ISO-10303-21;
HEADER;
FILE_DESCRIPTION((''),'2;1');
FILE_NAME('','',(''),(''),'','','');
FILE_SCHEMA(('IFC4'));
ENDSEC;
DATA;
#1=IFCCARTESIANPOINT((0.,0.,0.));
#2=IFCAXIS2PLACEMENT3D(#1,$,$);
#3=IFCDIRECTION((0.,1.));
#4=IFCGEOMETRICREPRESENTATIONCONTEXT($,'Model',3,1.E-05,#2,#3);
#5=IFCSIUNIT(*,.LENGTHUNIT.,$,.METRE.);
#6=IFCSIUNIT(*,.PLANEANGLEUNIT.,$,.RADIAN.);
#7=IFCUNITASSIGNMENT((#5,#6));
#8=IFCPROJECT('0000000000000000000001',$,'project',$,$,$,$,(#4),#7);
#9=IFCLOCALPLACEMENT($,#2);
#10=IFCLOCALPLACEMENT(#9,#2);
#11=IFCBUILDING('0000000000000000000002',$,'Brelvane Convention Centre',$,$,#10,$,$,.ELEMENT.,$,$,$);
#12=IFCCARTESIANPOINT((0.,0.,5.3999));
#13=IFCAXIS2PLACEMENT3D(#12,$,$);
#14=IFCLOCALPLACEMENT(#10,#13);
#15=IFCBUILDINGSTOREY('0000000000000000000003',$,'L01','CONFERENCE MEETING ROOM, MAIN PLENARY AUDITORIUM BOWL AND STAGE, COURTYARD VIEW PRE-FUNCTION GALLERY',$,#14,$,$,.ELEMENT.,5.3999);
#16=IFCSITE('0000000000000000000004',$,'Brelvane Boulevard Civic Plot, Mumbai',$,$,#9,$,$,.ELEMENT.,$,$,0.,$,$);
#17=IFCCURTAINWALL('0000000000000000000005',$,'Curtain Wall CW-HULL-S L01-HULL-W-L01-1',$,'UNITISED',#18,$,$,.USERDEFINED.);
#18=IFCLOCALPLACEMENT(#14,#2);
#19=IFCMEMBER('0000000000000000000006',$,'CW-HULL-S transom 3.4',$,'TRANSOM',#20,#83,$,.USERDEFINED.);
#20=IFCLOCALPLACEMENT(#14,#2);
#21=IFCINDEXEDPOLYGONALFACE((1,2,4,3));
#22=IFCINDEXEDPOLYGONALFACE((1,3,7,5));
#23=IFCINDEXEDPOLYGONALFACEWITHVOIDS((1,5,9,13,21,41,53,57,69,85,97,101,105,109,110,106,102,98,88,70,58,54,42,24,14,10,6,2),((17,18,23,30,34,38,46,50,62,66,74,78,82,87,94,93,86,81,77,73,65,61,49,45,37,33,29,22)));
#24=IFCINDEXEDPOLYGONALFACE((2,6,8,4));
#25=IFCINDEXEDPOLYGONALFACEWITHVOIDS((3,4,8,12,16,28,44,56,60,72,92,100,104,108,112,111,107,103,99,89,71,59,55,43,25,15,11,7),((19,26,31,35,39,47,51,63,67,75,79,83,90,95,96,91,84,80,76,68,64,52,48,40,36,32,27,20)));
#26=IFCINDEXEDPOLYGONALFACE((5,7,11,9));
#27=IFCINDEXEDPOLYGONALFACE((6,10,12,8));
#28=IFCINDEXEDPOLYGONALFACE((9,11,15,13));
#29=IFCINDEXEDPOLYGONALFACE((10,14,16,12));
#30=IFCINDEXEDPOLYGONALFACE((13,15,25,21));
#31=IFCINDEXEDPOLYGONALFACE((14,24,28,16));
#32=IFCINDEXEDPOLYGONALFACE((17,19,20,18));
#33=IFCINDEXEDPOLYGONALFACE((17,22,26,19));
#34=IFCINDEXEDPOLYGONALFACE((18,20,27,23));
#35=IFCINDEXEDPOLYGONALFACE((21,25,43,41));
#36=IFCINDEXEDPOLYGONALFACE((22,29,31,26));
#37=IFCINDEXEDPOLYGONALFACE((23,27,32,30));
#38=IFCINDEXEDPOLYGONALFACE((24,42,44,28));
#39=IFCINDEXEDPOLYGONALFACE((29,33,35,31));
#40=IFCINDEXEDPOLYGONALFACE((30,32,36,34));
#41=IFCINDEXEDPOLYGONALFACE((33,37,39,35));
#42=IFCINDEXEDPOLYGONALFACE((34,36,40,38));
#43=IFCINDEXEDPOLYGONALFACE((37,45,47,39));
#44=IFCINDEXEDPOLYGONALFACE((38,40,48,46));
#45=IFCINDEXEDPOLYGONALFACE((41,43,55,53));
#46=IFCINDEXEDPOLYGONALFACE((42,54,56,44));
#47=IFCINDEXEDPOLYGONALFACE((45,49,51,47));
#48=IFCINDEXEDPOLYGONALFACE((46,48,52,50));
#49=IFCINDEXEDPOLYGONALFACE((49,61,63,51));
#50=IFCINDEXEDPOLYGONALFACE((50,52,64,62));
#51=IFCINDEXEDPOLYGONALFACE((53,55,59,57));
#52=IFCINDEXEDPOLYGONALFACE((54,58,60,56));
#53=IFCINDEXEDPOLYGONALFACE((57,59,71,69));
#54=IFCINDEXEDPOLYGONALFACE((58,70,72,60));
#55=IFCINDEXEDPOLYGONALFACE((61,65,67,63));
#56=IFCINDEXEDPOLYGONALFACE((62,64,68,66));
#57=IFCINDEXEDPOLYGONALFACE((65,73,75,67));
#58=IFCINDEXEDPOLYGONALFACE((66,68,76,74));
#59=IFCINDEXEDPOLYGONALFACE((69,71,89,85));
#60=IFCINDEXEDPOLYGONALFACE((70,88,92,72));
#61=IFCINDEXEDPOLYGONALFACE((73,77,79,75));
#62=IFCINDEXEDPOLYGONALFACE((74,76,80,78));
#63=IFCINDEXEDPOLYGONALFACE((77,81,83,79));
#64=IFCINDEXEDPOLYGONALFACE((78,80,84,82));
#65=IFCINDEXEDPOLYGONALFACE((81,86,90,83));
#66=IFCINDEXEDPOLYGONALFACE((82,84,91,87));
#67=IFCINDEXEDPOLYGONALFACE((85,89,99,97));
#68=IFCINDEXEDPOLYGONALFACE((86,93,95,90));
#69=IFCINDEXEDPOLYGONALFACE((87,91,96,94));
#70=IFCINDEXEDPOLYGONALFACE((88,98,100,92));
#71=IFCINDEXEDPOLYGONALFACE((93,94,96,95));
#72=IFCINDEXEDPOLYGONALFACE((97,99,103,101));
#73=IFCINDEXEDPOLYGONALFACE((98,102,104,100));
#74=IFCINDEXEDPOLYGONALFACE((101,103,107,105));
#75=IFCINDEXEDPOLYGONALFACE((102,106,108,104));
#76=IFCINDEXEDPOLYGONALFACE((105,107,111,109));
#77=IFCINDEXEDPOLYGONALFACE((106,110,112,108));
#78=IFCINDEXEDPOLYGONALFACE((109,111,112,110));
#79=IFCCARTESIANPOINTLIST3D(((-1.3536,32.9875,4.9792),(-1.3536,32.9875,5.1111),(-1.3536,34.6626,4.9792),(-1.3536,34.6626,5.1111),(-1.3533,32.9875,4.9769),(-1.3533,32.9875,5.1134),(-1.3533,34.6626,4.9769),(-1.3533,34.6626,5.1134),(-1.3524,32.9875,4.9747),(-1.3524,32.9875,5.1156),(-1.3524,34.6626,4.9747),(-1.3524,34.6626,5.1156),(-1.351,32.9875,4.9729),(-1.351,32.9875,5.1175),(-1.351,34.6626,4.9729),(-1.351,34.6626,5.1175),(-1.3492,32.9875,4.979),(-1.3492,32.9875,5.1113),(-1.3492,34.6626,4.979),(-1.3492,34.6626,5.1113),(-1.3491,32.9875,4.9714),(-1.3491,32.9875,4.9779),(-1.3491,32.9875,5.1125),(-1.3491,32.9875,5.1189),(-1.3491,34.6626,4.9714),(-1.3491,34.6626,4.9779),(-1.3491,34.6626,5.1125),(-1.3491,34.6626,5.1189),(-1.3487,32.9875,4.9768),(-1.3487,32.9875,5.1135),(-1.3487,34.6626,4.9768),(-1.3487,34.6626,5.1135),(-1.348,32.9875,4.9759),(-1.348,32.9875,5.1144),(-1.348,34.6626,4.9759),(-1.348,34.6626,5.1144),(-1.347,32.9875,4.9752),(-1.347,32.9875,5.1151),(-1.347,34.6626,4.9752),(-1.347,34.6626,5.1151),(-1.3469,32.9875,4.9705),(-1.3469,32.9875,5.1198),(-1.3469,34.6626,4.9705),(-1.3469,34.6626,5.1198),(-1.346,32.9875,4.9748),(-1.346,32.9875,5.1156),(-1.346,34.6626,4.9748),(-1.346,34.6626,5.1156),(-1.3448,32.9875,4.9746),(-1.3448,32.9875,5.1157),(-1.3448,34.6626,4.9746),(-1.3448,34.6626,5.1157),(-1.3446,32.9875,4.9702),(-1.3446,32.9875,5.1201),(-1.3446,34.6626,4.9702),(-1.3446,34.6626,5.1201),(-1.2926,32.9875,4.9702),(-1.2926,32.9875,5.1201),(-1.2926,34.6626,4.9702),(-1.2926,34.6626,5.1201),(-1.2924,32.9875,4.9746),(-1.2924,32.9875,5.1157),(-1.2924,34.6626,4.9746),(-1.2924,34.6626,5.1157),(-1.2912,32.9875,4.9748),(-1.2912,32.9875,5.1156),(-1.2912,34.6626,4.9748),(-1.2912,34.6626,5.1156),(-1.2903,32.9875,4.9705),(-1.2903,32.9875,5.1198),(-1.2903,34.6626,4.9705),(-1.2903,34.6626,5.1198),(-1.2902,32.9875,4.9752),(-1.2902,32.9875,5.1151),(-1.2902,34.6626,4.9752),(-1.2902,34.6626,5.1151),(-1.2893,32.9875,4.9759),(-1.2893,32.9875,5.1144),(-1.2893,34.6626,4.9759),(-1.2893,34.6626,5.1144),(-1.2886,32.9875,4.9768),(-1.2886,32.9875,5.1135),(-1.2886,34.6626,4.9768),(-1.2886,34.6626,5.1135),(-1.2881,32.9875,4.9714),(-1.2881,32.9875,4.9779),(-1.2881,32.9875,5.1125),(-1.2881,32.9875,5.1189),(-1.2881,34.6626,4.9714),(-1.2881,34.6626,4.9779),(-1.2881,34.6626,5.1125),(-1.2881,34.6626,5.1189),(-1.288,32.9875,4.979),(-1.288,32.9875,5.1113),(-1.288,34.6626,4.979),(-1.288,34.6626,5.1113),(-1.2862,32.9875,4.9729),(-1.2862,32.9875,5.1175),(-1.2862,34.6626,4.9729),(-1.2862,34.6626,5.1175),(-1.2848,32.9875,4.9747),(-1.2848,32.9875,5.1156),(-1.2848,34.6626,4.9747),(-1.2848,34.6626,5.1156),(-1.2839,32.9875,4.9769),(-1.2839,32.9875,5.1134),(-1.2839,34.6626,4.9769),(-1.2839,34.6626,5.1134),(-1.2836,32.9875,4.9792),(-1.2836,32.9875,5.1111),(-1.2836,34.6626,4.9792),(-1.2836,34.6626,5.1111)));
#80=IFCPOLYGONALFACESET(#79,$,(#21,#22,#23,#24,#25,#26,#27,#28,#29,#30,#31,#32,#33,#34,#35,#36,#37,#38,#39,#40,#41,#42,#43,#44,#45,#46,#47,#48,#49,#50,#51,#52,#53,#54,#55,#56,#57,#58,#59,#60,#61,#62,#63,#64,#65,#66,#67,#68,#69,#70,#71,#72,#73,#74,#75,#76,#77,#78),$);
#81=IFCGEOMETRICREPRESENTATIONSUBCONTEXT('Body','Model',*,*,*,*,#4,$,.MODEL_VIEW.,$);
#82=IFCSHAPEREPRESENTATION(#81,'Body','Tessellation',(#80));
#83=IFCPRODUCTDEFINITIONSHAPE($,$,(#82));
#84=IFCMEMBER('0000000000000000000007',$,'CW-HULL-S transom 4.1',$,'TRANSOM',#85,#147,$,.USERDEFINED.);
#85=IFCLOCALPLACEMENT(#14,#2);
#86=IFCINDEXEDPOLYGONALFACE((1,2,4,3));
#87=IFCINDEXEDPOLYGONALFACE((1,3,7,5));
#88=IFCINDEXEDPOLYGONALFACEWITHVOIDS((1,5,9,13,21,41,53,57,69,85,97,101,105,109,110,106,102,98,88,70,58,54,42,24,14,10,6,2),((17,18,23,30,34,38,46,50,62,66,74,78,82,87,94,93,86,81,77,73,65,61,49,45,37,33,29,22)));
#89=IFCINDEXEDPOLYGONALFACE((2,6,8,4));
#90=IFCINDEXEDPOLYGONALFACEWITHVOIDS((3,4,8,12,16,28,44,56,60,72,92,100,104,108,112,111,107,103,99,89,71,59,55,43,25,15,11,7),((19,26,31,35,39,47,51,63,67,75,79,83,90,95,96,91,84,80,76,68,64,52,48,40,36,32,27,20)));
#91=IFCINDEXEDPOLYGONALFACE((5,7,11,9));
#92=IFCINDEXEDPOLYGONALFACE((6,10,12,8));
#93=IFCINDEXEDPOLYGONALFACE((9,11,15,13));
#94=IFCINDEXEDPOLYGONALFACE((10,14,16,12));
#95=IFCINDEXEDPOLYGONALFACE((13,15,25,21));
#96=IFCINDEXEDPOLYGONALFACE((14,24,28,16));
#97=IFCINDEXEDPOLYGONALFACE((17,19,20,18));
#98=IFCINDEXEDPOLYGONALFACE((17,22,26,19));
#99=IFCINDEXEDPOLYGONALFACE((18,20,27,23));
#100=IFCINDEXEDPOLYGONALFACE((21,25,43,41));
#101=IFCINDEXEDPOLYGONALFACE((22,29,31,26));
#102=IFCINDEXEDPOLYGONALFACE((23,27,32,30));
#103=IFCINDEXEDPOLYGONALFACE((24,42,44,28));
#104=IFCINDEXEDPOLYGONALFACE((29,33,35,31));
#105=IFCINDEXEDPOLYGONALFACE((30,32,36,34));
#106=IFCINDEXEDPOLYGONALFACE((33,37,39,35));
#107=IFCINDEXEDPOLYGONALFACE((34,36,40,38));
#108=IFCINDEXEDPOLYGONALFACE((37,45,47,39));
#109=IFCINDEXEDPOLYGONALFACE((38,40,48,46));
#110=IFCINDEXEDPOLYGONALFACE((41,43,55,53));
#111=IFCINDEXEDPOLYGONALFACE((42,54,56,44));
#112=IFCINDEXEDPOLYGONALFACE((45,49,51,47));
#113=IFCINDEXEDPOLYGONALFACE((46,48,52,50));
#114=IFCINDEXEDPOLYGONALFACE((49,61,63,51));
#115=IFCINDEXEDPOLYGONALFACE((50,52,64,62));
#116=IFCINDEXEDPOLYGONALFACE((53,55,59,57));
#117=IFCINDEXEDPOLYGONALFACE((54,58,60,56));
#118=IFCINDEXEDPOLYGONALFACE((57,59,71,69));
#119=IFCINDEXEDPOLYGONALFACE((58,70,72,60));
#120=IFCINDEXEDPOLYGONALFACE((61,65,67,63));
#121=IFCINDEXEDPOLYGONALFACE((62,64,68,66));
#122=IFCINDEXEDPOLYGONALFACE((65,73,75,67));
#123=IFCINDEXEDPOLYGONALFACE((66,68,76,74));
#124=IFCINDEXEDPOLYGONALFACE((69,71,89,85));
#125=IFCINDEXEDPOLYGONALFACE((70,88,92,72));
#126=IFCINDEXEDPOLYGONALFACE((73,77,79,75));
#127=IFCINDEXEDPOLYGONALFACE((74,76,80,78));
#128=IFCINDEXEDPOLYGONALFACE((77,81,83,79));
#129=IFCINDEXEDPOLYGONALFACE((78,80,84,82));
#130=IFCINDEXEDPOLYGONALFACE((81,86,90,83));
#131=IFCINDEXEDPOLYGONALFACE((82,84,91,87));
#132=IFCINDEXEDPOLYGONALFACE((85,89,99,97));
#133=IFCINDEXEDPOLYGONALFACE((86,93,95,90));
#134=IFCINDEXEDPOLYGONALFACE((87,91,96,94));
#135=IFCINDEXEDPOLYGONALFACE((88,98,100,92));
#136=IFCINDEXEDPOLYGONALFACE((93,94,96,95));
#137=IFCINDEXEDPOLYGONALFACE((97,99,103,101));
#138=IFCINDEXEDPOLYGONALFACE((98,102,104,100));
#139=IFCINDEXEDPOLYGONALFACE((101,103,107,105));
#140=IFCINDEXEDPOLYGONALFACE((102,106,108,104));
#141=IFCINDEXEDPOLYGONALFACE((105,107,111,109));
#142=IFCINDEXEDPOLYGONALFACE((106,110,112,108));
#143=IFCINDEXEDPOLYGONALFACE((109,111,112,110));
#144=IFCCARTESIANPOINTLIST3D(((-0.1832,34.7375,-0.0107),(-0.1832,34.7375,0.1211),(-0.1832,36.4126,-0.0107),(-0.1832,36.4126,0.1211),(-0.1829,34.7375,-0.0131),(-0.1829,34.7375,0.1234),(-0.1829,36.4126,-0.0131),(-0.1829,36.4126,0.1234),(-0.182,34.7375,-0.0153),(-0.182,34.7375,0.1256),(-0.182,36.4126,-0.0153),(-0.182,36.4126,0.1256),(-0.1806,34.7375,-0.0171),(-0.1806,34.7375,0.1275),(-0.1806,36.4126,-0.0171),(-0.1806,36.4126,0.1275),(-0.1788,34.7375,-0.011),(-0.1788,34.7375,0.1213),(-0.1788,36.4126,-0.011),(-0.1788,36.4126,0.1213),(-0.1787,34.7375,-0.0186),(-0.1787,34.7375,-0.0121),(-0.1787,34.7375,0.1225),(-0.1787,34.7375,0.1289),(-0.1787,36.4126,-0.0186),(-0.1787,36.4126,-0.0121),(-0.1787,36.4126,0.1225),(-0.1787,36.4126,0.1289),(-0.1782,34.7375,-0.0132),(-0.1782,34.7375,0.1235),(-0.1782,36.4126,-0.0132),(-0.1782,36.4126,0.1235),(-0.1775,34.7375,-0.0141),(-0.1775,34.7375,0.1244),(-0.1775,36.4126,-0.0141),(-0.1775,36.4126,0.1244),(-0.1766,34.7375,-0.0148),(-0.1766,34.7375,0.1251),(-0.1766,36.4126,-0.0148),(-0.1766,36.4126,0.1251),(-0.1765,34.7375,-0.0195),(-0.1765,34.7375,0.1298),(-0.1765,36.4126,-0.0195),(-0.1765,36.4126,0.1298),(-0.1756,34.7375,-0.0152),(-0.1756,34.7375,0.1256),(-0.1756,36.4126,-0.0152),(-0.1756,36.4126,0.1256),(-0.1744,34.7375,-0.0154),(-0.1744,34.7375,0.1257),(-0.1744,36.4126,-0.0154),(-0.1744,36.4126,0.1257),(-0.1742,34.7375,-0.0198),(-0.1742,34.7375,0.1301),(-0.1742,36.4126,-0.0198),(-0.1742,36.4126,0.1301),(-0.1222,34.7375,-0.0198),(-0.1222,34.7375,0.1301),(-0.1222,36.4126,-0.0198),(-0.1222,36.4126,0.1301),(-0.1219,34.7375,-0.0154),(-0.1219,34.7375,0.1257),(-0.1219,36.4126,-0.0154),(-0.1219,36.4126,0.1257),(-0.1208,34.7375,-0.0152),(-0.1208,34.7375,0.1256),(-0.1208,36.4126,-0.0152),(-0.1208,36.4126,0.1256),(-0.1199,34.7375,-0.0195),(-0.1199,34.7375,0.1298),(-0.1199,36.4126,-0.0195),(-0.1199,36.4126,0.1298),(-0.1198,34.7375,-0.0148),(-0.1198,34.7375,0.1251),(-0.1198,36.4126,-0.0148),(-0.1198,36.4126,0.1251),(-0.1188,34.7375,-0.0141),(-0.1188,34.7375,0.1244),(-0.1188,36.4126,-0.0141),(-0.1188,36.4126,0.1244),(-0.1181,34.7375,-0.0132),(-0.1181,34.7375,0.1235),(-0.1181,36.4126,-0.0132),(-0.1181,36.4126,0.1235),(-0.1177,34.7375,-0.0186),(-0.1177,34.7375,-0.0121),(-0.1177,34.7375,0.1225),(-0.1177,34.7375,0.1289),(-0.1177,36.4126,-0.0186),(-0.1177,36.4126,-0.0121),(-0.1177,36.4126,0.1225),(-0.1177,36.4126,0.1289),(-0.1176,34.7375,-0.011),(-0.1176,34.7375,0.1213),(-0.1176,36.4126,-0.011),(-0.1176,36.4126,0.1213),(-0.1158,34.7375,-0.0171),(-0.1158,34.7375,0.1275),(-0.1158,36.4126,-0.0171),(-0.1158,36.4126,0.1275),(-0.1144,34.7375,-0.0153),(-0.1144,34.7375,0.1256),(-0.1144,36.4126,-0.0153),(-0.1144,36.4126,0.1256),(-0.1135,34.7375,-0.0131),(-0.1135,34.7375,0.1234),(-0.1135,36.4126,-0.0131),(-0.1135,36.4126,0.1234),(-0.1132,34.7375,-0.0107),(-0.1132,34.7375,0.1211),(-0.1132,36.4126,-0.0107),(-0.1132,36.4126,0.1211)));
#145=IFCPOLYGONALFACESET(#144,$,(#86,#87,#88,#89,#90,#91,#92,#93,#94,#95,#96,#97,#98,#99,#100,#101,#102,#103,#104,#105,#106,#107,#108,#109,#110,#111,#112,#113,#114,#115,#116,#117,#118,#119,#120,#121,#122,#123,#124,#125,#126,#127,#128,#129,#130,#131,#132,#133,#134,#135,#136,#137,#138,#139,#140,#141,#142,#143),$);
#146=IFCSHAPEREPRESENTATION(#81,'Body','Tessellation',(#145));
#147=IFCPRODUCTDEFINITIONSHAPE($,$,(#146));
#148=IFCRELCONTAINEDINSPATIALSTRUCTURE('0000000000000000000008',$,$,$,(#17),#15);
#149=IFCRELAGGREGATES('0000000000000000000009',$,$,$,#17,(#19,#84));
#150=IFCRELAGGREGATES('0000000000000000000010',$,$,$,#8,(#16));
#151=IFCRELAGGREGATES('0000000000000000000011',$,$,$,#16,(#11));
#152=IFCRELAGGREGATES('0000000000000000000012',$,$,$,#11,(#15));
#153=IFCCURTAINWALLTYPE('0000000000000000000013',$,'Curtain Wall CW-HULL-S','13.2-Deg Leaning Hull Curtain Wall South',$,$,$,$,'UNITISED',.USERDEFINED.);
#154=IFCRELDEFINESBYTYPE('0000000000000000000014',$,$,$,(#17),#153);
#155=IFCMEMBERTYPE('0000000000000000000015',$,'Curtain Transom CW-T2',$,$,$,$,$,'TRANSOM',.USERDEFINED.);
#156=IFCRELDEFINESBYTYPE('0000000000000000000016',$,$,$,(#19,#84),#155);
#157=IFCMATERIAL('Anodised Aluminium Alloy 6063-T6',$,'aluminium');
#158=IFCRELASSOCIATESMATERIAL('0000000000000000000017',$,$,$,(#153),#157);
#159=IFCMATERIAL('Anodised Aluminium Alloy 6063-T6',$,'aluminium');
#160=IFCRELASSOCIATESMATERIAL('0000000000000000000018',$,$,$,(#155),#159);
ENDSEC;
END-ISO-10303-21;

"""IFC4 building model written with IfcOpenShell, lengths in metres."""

from ifc_helpers import new_model, si_unit, direction, frame, origin, origin_2d, place, context, subcontext, project, spatial, hollow_rectangle, extrude, material, material_profile, profile_set, type_object, element, aggregate, save


model = new_model("IFC4")

# Units and contexts
model_context = context("Model", 3, precision=1e-05, world=origin(), true_north=direction((0.0, 1.0)))
body_context = subcontext(model_context, "Body", "Model", "MODEL_VIEW")
ifc_project = project(units=[si_unit("LENGTHUNIT", "METRE"), si_unit("PLANEANGLEUNIT", "RADIAN")], contexts=[model_context])

# Site, building, storey
site_placement = place(None, origin())
site = spatial("IfcSite", under=ifc_project, at=site_placement, Name="Brelvane Boulevard Civic Plot, Mumbai", CompositionType="ELEMENT", RefElevation=0.0)
building_placement = place(site_placement, origin())
building = spatial("IfcBuilding", under=site, at=building_placement, Name="Brelvane Convention Centre", CompositionType="ELEMENT")
storey_placement = place(building_placement, frame((0.0, 0.0, 5.3999)))
storey = spatial("IfcBuildingStorey", under=building, at=storey_placement, Name="L01", Description="CONFERENCE MEETING ROOM, MAIN PLENARY AUDITORIUM BOWL AND STAGE, COURTYARD VIEW PRE-FUNCTION GALLERY", CompositionType="ELEMENT", Elevation=5.3999)

# Curtain wall, members
ifc_material_1 = material(Name="Anodised Aluminium Alloy 6063-T6", Category="aluminium")
curtain_wall_type = type_object("IfcCurtainWallType", Name="Curtain Wall CW-HULL-S", Description="13.2-Deg Leaning Hull Curtain Wall South", ElementType="UNITISED", PredefinedType="USERDEFINED", material=ifc_material_1)
curtain_wall_placement = place(storey_placement, origin())
curtain_wall = element("IfcCurtainWall", 1, at=curtain_wall_placement, inside=storey, type_object=curtain_wall_type, Name="Curtain Wall CW-HULL-S L01-HULL-W-L01-1", ObjectType="UNITISED", PredefinedType="USERDEFINED")
ifc_material_2 = material(Name="Anodised Aluminium Alloy 6063-T6", Category="aluminium")
ifc_material_profile_1 = material_profile(ifc_material_2, hollow_rectangle(XDim=0.0701, YDim=0.1499, WallThickness=0.0044, InnerFilletRadius=0.0044, OuterFilletRadius=0.009, at=origin_2d()), Name="ALU-T 150x70x4.5")
ifc_profile_set_1 = profile_set([ifc_material_profile_1], Name="Anodised Aluminium Alloy 6063-T6")
member_type_1 = type_object("IfcMemberType", Name="Curtain Transom CW-T2", ElementType="TRANSOM", PredefinedType="USERDEFINED", material=ifc_profile_set_1)
member_1_placement = place(storey_placement, frame((-1.3186, 32.9875, 5.0452), z_axis=(0.0, 1.0, 0.0), x_axis=(-1.0, 0.0, 0.0)))
member_1 = element("IfcMember", 2, at=member_1_placement, type_object=member_type_1, Name="CW-HULL-S transom 3.4", ObjectType="TRANSOM", PredefinedType="USERDEFINED", context=body_context, shape_type="SweptSolid", body=[
    extrude(hollow_rectangle(XDim=0.0701, YDim=0.1499, WallThickness=0.0044, InnerFilletRadius=0.0044, OuterFilletRadius=0.009, at=origin_2d()), origin(), (0.0, 0.0, 1.0), 1.675),
])
member_2_placement = place(storey_placement, frame((-0.1482, 34.7375, 0.0552), z_axis=(0.0, 1.0, 0.0), x_axis=(-1.0, 0.0, 0.0)))
member_2 = element("IfcMember", 3, at=member_2_placement, type_object=member_type_1, Name="CW-HULL-S transom 4.1", ObjectType="TRANSOM", PredefinedType="USERDEFINED", context=body_context, shape_type="SweptSolid", body=[
    extrude(hollow_rectangle(XDim=0.0701, YDim=0.1499, WallThickness=0.0044, InnerFilletRadius=0.0044, OuterFilletRadius=0.009, at=origin_2d()), origin(), (0.0, 0.0, 1.0), 1.675),
])
aggregate(curtain_wall, [member_1, member_2])

save(model, "model.ifc")
